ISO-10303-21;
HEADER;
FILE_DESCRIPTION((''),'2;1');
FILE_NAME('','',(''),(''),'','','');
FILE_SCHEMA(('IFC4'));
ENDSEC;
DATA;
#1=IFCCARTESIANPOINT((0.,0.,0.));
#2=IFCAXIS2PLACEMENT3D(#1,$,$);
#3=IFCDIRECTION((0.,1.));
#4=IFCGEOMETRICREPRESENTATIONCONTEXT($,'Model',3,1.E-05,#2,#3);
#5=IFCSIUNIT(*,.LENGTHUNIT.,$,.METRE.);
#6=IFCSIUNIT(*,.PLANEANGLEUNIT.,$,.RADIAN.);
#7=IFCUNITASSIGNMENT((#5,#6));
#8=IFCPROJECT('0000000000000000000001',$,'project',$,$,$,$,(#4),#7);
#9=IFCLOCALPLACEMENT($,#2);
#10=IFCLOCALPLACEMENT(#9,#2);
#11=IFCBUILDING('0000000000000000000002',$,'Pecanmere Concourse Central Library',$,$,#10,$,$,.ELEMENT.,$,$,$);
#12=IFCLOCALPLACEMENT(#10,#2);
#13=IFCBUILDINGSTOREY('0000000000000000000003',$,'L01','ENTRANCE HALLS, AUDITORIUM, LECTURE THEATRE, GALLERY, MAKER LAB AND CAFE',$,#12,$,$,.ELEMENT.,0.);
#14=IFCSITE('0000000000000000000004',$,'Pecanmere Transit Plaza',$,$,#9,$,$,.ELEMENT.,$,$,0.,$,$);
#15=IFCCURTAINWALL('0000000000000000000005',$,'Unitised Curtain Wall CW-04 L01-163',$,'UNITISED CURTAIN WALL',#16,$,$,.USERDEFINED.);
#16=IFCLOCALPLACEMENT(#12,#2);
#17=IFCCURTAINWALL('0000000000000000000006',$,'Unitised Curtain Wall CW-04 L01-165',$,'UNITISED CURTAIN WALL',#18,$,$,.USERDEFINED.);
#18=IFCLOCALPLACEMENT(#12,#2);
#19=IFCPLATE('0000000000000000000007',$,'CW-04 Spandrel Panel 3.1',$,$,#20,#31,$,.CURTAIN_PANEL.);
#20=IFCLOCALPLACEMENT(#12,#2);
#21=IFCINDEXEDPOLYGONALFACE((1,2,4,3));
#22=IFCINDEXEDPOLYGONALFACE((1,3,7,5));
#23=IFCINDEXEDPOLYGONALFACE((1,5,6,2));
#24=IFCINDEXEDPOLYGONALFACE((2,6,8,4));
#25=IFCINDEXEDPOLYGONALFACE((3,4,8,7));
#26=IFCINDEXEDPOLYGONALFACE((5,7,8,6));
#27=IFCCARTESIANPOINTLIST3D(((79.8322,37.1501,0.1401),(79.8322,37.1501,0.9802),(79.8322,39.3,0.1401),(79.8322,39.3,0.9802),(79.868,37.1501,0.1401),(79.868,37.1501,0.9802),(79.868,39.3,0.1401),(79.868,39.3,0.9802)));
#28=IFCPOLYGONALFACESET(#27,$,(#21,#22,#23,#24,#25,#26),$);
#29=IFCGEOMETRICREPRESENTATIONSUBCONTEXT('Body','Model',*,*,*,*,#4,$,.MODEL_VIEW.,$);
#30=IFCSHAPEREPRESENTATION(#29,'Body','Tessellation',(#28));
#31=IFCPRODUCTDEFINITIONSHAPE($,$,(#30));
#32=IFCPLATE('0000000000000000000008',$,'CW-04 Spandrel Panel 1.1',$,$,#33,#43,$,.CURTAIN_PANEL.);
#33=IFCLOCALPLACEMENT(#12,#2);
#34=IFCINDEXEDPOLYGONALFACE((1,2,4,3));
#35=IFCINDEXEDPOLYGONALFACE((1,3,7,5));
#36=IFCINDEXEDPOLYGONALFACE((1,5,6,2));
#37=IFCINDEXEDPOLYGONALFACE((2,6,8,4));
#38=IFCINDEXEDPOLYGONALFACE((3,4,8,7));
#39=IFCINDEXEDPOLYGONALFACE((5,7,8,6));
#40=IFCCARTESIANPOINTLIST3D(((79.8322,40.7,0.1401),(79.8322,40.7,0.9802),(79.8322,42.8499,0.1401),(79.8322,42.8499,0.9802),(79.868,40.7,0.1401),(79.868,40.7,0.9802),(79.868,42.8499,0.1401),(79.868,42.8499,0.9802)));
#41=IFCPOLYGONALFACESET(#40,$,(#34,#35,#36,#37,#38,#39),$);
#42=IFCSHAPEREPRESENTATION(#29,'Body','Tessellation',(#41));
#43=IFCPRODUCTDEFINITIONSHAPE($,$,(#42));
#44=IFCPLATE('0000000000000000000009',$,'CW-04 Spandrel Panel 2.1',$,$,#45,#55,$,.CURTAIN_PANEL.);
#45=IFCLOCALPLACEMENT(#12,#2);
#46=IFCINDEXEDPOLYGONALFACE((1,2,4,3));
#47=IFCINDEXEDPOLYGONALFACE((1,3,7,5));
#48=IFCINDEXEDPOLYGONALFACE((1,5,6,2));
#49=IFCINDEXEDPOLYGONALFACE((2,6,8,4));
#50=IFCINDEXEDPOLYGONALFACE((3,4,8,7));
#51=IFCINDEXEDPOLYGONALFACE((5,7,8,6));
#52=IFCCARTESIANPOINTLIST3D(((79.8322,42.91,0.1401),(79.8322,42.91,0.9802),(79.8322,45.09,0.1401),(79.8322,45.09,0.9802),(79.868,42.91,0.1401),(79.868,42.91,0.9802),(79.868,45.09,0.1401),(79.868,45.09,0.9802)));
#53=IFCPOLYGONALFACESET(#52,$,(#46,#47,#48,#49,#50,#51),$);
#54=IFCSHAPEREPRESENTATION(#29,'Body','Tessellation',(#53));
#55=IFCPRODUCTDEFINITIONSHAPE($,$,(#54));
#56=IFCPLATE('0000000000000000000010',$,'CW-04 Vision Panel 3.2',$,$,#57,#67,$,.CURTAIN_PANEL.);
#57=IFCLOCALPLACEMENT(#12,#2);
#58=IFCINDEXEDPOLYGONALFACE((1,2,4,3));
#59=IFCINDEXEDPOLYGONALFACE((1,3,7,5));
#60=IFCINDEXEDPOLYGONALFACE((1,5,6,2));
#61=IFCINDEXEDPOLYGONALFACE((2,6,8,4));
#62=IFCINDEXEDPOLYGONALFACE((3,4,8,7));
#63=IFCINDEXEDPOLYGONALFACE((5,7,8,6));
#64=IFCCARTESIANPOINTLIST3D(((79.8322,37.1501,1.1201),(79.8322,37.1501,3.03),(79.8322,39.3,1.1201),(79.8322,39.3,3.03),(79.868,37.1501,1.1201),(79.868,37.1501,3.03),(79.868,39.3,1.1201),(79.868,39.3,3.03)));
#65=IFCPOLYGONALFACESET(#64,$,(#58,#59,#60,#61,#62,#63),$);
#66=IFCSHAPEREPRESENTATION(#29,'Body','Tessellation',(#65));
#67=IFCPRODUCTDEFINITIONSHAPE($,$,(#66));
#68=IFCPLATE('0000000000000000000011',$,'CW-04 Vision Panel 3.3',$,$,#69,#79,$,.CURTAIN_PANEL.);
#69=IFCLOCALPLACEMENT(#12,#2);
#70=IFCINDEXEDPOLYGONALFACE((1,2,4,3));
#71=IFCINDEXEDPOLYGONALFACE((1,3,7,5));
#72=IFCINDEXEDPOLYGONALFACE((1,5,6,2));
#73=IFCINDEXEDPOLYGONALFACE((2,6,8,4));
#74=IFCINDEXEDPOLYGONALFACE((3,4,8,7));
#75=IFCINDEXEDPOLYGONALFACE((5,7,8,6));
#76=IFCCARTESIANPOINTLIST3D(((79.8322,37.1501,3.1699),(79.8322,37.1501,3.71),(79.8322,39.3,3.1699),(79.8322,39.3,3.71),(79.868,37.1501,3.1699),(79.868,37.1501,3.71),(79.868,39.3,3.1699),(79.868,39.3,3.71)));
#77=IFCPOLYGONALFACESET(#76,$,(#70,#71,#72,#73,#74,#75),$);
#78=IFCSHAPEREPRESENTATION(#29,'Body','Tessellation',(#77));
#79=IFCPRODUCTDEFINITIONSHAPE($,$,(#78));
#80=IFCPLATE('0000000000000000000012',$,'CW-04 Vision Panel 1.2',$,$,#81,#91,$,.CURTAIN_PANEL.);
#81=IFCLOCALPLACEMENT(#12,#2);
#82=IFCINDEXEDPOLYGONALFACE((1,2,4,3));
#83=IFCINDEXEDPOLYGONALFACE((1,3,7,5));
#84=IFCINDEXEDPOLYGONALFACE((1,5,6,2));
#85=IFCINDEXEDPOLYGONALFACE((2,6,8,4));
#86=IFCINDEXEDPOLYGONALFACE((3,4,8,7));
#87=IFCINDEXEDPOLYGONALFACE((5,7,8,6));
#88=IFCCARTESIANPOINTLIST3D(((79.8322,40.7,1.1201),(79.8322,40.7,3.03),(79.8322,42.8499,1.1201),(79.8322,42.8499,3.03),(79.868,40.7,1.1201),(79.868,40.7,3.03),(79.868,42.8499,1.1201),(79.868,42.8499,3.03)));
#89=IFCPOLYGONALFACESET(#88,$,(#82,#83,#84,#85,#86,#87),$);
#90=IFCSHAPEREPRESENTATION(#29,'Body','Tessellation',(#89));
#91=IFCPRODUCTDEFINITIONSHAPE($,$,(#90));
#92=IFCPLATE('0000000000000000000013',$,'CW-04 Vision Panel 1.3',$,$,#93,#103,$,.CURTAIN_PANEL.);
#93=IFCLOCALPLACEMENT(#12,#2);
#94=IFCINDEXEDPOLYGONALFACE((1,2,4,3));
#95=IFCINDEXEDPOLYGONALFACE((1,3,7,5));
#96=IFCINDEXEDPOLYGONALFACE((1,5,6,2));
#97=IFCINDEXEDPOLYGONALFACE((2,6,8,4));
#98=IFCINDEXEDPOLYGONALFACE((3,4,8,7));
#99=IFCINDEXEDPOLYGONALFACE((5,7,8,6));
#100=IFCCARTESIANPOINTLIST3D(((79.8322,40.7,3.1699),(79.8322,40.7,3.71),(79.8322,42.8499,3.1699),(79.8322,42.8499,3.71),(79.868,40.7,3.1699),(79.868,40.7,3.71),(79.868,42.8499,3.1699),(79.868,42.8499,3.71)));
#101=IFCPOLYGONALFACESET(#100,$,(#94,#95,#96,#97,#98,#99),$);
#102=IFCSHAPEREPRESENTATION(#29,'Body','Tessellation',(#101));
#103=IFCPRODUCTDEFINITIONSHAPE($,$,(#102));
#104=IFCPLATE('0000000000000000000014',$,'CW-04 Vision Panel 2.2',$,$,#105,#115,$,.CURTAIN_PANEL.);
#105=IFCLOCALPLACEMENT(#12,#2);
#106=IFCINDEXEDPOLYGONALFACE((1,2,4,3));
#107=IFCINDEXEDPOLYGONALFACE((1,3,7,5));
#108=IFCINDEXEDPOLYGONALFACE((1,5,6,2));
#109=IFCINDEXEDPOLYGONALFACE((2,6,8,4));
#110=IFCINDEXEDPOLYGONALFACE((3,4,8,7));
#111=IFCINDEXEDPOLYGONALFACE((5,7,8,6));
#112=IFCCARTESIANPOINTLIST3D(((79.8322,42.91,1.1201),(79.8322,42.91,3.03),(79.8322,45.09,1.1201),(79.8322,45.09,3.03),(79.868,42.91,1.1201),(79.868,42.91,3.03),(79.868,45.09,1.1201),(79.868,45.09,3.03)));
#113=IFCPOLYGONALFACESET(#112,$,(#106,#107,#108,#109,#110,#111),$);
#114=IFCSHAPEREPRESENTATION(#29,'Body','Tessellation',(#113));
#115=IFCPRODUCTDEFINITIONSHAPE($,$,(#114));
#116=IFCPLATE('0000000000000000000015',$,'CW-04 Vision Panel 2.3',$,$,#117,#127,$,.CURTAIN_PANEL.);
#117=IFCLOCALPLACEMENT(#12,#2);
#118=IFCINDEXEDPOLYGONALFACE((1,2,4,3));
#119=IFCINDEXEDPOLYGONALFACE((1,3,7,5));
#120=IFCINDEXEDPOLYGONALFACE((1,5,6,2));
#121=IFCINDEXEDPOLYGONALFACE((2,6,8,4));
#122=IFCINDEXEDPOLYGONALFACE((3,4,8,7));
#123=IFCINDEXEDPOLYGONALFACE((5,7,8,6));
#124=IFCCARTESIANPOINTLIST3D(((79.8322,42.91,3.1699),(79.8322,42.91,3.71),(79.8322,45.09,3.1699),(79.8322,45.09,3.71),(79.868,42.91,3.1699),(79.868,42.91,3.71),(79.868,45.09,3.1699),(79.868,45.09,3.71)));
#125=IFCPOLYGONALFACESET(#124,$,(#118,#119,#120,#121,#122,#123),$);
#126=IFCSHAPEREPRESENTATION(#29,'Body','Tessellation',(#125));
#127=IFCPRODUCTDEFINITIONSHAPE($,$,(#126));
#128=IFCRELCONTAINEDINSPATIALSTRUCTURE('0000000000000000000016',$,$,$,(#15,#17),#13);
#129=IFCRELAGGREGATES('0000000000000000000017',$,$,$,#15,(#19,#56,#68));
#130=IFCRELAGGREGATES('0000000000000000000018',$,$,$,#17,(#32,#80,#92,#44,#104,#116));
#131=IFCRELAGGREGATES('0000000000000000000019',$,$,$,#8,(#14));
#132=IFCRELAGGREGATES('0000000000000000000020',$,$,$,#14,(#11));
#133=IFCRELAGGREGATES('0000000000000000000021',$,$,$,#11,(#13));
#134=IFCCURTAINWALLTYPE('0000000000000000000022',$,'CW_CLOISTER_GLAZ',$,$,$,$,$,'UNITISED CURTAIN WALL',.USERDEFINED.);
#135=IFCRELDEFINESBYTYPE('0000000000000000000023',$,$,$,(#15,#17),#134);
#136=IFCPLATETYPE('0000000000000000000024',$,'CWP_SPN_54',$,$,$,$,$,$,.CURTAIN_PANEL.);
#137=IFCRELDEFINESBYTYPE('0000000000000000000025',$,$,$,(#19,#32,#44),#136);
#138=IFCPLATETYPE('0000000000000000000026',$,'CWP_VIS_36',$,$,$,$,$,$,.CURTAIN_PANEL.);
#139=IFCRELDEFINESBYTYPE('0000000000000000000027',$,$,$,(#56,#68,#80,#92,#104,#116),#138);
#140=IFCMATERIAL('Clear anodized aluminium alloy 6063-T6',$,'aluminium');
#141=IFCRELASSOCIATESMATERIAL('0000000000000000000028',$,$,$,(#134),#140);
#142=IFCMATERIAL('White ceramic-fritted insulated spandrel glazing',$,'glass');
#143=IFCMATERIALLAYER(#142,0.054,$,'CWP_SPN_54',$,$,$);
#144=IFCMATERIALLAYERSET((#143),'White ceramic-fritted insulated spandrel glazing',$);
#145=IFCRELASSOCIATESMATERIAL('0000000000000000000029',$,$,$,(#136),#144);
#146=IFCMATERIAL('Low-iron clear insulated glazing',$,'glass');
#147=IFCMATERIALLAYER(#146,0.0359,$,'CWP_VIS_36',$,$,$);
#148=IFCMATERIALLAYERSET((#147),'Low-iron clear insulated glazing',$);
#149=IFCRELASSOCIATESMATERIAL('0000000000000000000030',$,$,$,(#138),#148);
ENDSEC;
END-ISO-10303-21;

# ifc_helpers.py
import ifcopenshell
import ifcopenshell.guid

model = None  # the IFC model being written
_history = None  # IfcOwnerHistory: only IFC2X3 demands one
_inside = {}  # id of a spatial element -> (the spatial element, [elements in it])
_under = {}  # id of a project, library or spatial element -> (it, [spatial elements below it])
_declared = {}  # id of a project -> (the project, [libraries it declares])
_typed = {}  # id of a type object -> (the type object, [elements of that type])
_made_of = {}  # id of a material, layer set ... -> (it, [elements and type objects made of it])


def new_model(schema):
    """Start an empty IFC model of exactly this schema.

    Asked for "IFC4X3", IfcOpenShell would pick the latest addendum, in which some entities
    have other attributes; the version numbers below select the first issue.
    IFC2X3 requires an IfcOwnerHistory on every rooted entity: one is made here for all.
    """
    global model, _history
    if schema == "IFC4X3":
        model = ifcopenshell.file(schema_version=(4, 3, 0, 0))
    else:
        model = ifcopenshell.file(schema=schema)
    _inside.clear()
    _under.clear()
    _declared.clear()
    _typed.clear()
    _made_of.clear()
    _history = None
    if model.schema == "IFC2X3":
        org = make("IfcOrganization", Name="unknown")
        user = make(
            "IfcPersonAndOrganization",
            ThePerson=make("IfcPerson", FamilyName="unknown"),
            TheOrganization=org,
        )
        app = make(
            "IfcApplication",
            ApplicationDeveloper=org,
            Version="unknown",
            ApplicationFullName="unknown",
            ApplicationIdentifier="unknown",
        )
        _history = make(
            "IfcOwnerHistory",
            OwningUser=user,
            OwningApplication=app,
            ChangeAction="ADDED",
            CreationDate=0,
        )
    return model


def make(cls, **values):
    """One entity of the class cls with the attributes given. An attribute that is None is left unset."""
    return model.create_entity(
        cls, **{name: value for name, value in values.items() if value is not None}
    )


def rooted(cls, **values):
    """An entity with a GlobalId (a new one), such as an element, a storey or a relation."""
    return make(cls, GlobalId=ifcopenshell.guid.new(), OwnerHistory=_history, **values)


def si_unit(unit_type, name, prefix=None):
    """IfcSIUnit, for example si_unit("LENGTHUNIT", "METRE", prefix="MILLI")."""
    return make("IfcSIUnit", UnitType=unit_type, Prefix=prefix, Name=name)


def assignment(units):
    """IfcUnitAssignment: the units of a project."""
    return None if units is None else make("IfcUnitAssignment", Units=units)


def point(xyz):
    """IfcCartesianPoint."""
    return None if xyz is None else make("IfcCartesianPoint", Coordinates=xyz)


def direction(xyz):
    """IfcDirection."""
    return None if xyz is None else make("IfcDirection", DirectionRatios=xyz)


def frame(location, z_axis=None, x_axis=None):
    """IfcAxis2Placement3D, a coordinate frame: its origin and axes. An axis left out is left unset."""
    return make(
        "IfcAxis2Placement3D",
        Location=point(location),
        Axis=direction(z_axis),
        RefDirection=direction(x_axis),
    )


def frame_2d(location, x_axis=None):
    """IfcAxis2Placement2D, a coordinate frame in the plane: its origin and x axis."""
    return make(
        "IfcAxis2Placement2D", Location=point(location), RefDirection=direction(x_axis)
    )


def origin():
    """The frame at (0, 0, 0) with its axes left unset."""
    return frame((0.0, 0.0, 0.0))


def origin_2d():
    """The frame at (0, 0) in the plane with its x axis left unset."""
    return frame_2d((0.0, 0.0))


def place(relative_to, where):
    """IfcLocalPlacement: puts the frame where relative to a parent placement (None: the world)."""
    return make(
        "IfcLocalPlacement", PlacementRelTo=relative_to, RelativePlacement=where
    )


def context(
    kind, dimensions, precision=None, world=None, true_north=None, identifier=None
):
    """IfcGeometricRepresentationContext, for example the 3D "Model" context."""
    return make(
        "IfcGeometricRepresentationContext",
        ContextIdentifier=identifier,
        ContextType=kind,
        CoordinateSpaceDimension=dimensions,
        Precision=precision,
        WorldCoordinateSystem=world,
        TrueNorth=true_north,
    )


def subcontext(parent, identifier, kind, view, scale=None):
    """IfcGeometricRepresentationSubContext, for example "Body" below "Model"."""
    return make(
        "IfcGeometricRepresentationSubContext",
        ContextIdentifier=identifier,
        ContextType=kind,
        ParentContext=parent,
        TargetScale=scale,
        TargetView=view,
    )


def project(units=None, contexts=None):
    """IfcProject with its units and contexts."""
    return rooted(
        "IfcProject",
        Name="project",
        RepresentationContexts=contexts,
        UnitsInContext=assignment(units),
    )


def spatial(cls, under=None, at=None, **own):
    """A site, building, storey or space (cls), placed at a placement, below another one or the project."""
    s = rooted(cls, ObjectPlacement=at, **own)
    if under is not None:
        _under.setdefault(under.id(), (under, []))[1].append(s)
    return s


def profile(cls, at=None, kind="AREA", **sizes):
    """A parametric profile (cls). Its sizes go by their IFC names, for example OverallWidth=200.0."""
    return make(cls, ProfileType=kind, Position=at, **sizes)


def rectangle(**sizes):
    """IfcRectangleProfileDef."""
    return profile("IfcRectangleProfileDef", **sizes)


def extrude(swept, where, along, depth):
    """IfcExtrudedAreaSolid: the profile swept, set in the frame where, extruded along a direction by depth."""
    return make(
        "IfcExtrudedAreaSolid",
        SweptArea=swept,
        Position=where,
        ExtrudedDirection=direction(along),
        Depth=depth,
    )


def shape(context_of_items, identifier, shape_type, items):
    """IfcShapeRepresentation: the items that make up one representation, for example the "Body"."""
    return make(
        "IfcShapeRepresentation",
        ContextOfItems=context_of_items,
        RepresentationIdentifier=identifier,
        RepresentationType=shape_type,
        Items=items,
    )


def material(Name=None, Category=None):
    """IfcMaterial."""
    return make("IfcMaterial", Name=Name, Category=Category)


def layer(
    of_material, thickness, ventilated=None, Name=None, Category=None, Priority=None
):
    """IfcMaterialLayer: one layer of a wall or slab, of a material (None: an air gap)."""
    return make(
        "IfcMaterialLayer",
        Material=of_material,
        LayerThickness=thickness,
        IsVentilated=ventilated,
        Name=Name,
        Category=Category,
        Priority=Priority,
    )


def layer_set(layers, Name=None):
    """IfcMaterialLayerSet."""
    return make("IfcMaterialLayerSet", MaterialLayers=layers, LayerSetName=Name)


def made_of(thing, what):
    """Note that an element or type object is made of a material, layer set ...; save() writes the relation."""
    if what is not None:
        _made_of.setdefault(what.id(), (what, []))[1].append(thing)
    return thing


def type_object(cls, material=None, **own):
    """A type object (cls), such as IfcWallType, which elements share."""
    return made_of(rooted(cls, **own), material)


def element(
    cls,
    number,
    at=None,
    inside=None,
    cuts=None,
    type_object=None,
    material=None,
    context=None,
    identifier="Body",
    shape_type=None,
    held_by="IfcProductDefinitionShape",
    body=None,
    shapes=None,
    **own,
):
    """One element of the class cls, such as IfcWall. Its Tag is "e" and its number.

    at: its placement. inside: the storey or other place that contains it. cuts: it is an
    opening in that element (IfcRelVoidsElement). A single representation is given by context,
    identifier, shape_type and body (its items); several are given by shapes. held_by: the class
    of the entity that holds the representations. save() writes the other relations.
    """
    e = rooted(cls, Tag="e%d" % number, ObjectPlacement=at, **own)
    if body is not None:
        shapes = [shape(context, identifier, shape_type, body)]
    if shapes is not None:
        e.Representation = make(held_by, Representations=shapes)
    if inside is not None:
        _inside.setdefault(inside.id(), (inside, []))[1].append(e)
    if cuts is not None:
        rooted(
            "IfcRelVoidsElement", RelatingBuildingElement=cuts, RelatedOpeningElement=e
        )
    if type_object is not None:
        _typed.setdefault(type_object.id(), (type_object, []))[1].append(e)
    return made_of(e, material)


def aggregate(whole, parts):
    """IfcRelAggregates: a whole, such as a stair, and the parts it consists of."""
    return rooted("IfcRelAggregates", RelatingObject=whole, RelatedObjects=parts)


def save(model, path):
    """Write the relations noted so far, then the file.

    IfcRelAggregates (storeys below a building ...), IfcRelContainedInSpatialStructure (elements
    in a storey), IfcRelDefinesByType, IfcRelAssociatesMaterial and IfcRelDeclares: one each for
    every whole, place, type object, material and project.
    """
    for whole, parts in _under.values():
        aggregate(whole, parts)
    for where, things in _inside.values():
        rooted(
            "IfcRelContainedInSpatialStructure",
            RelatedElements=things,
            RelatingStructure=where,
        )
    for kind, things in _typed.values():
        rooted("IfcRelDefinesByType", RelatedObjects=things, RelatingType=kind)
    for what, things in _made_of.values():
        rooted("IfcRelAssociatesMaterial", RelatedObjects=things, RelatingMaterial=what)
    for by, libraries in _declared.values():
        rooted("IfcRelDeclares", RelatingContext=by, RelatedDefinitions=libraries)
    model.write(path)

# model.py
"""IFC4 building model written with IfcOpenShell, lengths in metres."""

from ifc_helpers import new_model, si_unit, direction, frame, origin, origin_2d, place, context, subcontext, project, spatial, rectangle, extrude, material, layer, layer_set, type_object, element, aggregate, save


model = new_model("IFC4")

# Units and contexts
model_context = context("Model", 3, precision=1e-05, world=origin(), true_north=direction((0.0, 1.0)))
body_context = subcontext(model_context, "Body", "Model", "MODEL_VIEW")
ifc_project = project(units=[si_unit("LENGTHUNIT", "METRE"), si_unit("PLANEANGLEUNIT", "RADIAN")], contexts=[model_context])

# Site, building, storey
site_placement = place(None, origin())
site = spatial("IfcSite", under=ifc_project, at=site_placement, Name="Pecanmere Transit Plaza", CompositionType="ELEMENT", RefElevation=0.0)
building_placement = place(site_placement, origin())
building = spatial("IfcBuilding", under=site, at=building_placement, Name="Pecanmere Concourse Central Library", CompositionType="ELEMENT")
storey_placement = place(building_placement, origin())
storey = spatial("IfcBuildingStorey", under=building, at=storey_placement, Name="L01", Description="ENTRANCE HALLS, AUDITORIUM, LECTURE THEATRE, GALLERY, MAKER LAB AND CAFE", CompositionType="ELEMENT", Elevation=0.0)

# Curtain wall
ifc_material_1 = material(Name="Clear anodized aluminium alloy 6063-T6", Category="aluminium")
curtain_wall_type = type_object("IfcCurtainWallType", Name="CW_CLOISTER_GLAZ", ElementType="UNITISED CURTAIN WALL", PredefinedType="USERDEFINED", material=ifc_material_1)
curtain_wall_1_placement = place(storey_placement, origin())
curtain_wall_1 = element("IfcCurtainWall", 1, at=curtain_wall_1_placement, inside=storey, type_object=curtain_wall_type, Name="Unitised Curtain Wall CW-04 L01-163", ObjectType="UNITISED CURTAIN WALL", PredefinedType="USERDEFINED")

# Curtain wall
curtain_wall_2_placement = place(storey_placement, origin())
curtain_wall_2 = element("IfcCurtainWall", 2, at=curtain_wall_2_placement, inside=storey, type_object=curtain_wall_type, Name="Unitised Curtain Wall CW-04 L01-165", ObjectType="UNITISED CURTAIN WALL", PredefinedType="USERDEFINED")

# Plates
ifc_material_2 = material(Name="White ceramic-fritted insulated spandrel glazing", Category="glass")
ifc_layer_1 = layer(ifc_material_2, 0.054, Name="CWP_SPN_54")
ifc_layer_set_1 = layer_set([ifc_layer_1], Name="White ceramic-fritted insulated spandrel glazing")
plate_type_1 = type_object("IfcPlateType", Name="CWP_SPN_54", PredefinedType="CURTAIN_PANEL", material=ifc_layer_set_1)
plate_1_placement = place(storey_placement, frame((79.8501, 38.2251, 0.1401), z_axis=(0.0, 0.0, 1.0), x_axis=(0.0, 1.0, 0.0)))
plate_1 = element("IfcPlate", 3, at=plate_1_placement, type_object=plate_type_1, Name="CW-04 Spandrel Panel 3.1", PredefinedType="CURTAIN_PANEL", context=body_context, shape_type="SweptSolid", body=[
    extrude(rectangle(XDim=2.1499, YDim=0.0359, at=origin_2d()), origin(), (0.0, 0.0, 1.0), 0.8401),
])
plate_2_placement = place(storey_placement, frame((79.8501, 41.7749, 0.1401), z_axis=(0.0, 0.0, 1.0), x_axis=(0.0, 1.0, 0.0)))
plate_2 = element("IfcPlate", 4, at=plate_2_placement, type_object=plate_type_1, Name="CW-04 Spandrel Panel 1.1", PredefinedType="CURTAIN_PANEL", context=body_context, shape_type="SweptSolid", body=[
    extrude(rectangle(XDim=2.1499, YDim=0.0359, at=origin_2d()), origin(), (0.0, 0.0, 1.0), 0.8401),
])
plate_3_placement = place(storey_placement, frame((79.8501, 44.0, 0.1401), z_axis=(0.0, 0.0, 1.0), x_axis=(0.0, 1.0, 0.0)))
plate_3 = element("IfcPlate", 5, at=plate_3_placement, type_object=plate_type_1, Name="CW-04 Spandrel Panel 2.1", PredefinedType="CURTAIN_PANEL", context=body_context, shape_type="SweptSolid", body=[
    extrude(rectangle(XDim=2.1799, YDim=0.0359, at=origin_2d()), origin(), (0.0, 0.0, 1.0), 0.8401),
])
ifc_material_3 = material(Name="Low-iron clear insulated glazing", Category="glass")
ifc_layer_2 = layer(ifc_material_3, 0.0359, Name="CWP_VIS_36")
ifc_layer_set_2 = layer_set([ifc_layer_2], Name="Low-iron clear insulated glazing")
plate_type_2 = type_object("IfcPlateType", Name="CWP_VIS_36", PredefinedType="CURTAIN_PANEL", material=ifc_layer_set_2)
plate_4_placement = place(storey_placement, frame((79.8501, 38.2251, 1.1201), z_axis=(0.0, 0.0, 1.0), x_axis=(0.0, 1.0, 0.0)))
plate_4 = element("IfcPlate", 6, at=plate_4_placement, type_object=plate_type_2, Name="CW-04 Vision Panel 3.2", PredefinedType="CURTAIN_PANEL", context=body_context, shape_type="SweptSolid", body=[
    extrude(rectangle(XDim=2.1499, YDim=0.0359, at=origin_2d()), origin(), (0.0, 0.0, 1.0), 1.9099),
])
plate_5_placement = place(storey_placement, frame((79.8501, 38.2251, 3.1699), z_axis=(0.0, 0.0, 1.0), x_axis=(0.0, 1.0, 0.0)))
plate_5 = element("IfcPlate", 7, at=plate_5_placement, type_object=plate_type_2, Name="CW-04 Vision Panel 3.3", PredefinedType="CURTAIN_PANEL", context=body_context, shape_type="SweptSolid", body=[
    extrude(rectangle(XDim=2.1499, YDim=0.0359, at=origin_2d()), origin(), (0.0, 0.0, 1.0), 0.54),
])
aggregate(curtain_wall_1, [plate_1, plate_4, plate_5])
plate_6_placement = place(storey_placement, frame((79.8501, 41.7749, 1.1201), z_axis=(0.0, 0.0, 1.0), x_axis=(0.0, 1.0, 0.0)))
plate_6 = element("IfcPlate", 8, at=plate_6_placement, type_object=plate_type_2, Name="CW-04 Vision Panel 1.2", PredefinedType="CURTAIN_PANEL", context=body_context, shape_type="SweptSolid", body=[
    extrude(rectangle(XDim=2.1499, YDim=0.0359, at=origin_2d()), origin(), (0.0, 0.0, 1.0), 1.9099),
])
plate_7_placement = place(storey_placement, frame((79.8501, 41.7749, 3.1699), z_axis=(0.0, 0.0, 1.0), x_axis=(0.0, 1.0, 0.0)))
plate_7 = element("IfcPlate", 9, at=plate_7_placement, type_object=plate_type_2, Name="CW-04 Vision Panel 1.3", PredefinedType="CURTAIN_PANEL", context=body_context, shape_type="SweptSolid", body=[
    extrude(rectangle(XDim=2.1499, YDim=0.0359, at=origin_2d()), origin(), (0.0, 0.0, 1.0), 0.54),
])
plate_8_placement = place(storey_placement, frame((79.8501, 44.0, 1.1201), z_axis=(0.0, 0.0, 1.0), x_axis=(0.0, 1.0, 0.0)))
plate_8 = element("IfcPlate", 10, at=plate_8_placement, type_object=plate_type_2, Name="CW-04 Vision Panel 2.2", PredefinedType="CURTAIN_PANEL", context=body_context, shape_type="SweptSolid", body=[
    extrude(rectangle(XDim=2.1799, YDim=0.0359, at=origin_2d()), origin(), (0.0, 0.0, 1.0), 1.9099),
])
plate_9_placement = place(storey_placement, frame((79.8501, 44.0, 3.1699), z_axis=(0.0, 0.0, 1.0), x_axis=(0.0, 1.0, 0.0)))
plate_9 = element("IfcPlate", 11, at=plate_9_placement, type_object=plate_type_2, Name="CW-04 Vision Panel 2.3", PredefinedType="CURTAIN_PANEL", context=body_context, shape_type="SweptSolid", body=[
    extrude(rectangle(XDim=2.1799, YDim=0.0359, at=origin_2d()), origin(), (0.0, 0.0, 1.0), 0.54),
])
aggregate(curtain_wall_2, [plate_2, plate_6, plate_7, plate_3, plate_8, plate_9])

save(model, "model.ifc")
